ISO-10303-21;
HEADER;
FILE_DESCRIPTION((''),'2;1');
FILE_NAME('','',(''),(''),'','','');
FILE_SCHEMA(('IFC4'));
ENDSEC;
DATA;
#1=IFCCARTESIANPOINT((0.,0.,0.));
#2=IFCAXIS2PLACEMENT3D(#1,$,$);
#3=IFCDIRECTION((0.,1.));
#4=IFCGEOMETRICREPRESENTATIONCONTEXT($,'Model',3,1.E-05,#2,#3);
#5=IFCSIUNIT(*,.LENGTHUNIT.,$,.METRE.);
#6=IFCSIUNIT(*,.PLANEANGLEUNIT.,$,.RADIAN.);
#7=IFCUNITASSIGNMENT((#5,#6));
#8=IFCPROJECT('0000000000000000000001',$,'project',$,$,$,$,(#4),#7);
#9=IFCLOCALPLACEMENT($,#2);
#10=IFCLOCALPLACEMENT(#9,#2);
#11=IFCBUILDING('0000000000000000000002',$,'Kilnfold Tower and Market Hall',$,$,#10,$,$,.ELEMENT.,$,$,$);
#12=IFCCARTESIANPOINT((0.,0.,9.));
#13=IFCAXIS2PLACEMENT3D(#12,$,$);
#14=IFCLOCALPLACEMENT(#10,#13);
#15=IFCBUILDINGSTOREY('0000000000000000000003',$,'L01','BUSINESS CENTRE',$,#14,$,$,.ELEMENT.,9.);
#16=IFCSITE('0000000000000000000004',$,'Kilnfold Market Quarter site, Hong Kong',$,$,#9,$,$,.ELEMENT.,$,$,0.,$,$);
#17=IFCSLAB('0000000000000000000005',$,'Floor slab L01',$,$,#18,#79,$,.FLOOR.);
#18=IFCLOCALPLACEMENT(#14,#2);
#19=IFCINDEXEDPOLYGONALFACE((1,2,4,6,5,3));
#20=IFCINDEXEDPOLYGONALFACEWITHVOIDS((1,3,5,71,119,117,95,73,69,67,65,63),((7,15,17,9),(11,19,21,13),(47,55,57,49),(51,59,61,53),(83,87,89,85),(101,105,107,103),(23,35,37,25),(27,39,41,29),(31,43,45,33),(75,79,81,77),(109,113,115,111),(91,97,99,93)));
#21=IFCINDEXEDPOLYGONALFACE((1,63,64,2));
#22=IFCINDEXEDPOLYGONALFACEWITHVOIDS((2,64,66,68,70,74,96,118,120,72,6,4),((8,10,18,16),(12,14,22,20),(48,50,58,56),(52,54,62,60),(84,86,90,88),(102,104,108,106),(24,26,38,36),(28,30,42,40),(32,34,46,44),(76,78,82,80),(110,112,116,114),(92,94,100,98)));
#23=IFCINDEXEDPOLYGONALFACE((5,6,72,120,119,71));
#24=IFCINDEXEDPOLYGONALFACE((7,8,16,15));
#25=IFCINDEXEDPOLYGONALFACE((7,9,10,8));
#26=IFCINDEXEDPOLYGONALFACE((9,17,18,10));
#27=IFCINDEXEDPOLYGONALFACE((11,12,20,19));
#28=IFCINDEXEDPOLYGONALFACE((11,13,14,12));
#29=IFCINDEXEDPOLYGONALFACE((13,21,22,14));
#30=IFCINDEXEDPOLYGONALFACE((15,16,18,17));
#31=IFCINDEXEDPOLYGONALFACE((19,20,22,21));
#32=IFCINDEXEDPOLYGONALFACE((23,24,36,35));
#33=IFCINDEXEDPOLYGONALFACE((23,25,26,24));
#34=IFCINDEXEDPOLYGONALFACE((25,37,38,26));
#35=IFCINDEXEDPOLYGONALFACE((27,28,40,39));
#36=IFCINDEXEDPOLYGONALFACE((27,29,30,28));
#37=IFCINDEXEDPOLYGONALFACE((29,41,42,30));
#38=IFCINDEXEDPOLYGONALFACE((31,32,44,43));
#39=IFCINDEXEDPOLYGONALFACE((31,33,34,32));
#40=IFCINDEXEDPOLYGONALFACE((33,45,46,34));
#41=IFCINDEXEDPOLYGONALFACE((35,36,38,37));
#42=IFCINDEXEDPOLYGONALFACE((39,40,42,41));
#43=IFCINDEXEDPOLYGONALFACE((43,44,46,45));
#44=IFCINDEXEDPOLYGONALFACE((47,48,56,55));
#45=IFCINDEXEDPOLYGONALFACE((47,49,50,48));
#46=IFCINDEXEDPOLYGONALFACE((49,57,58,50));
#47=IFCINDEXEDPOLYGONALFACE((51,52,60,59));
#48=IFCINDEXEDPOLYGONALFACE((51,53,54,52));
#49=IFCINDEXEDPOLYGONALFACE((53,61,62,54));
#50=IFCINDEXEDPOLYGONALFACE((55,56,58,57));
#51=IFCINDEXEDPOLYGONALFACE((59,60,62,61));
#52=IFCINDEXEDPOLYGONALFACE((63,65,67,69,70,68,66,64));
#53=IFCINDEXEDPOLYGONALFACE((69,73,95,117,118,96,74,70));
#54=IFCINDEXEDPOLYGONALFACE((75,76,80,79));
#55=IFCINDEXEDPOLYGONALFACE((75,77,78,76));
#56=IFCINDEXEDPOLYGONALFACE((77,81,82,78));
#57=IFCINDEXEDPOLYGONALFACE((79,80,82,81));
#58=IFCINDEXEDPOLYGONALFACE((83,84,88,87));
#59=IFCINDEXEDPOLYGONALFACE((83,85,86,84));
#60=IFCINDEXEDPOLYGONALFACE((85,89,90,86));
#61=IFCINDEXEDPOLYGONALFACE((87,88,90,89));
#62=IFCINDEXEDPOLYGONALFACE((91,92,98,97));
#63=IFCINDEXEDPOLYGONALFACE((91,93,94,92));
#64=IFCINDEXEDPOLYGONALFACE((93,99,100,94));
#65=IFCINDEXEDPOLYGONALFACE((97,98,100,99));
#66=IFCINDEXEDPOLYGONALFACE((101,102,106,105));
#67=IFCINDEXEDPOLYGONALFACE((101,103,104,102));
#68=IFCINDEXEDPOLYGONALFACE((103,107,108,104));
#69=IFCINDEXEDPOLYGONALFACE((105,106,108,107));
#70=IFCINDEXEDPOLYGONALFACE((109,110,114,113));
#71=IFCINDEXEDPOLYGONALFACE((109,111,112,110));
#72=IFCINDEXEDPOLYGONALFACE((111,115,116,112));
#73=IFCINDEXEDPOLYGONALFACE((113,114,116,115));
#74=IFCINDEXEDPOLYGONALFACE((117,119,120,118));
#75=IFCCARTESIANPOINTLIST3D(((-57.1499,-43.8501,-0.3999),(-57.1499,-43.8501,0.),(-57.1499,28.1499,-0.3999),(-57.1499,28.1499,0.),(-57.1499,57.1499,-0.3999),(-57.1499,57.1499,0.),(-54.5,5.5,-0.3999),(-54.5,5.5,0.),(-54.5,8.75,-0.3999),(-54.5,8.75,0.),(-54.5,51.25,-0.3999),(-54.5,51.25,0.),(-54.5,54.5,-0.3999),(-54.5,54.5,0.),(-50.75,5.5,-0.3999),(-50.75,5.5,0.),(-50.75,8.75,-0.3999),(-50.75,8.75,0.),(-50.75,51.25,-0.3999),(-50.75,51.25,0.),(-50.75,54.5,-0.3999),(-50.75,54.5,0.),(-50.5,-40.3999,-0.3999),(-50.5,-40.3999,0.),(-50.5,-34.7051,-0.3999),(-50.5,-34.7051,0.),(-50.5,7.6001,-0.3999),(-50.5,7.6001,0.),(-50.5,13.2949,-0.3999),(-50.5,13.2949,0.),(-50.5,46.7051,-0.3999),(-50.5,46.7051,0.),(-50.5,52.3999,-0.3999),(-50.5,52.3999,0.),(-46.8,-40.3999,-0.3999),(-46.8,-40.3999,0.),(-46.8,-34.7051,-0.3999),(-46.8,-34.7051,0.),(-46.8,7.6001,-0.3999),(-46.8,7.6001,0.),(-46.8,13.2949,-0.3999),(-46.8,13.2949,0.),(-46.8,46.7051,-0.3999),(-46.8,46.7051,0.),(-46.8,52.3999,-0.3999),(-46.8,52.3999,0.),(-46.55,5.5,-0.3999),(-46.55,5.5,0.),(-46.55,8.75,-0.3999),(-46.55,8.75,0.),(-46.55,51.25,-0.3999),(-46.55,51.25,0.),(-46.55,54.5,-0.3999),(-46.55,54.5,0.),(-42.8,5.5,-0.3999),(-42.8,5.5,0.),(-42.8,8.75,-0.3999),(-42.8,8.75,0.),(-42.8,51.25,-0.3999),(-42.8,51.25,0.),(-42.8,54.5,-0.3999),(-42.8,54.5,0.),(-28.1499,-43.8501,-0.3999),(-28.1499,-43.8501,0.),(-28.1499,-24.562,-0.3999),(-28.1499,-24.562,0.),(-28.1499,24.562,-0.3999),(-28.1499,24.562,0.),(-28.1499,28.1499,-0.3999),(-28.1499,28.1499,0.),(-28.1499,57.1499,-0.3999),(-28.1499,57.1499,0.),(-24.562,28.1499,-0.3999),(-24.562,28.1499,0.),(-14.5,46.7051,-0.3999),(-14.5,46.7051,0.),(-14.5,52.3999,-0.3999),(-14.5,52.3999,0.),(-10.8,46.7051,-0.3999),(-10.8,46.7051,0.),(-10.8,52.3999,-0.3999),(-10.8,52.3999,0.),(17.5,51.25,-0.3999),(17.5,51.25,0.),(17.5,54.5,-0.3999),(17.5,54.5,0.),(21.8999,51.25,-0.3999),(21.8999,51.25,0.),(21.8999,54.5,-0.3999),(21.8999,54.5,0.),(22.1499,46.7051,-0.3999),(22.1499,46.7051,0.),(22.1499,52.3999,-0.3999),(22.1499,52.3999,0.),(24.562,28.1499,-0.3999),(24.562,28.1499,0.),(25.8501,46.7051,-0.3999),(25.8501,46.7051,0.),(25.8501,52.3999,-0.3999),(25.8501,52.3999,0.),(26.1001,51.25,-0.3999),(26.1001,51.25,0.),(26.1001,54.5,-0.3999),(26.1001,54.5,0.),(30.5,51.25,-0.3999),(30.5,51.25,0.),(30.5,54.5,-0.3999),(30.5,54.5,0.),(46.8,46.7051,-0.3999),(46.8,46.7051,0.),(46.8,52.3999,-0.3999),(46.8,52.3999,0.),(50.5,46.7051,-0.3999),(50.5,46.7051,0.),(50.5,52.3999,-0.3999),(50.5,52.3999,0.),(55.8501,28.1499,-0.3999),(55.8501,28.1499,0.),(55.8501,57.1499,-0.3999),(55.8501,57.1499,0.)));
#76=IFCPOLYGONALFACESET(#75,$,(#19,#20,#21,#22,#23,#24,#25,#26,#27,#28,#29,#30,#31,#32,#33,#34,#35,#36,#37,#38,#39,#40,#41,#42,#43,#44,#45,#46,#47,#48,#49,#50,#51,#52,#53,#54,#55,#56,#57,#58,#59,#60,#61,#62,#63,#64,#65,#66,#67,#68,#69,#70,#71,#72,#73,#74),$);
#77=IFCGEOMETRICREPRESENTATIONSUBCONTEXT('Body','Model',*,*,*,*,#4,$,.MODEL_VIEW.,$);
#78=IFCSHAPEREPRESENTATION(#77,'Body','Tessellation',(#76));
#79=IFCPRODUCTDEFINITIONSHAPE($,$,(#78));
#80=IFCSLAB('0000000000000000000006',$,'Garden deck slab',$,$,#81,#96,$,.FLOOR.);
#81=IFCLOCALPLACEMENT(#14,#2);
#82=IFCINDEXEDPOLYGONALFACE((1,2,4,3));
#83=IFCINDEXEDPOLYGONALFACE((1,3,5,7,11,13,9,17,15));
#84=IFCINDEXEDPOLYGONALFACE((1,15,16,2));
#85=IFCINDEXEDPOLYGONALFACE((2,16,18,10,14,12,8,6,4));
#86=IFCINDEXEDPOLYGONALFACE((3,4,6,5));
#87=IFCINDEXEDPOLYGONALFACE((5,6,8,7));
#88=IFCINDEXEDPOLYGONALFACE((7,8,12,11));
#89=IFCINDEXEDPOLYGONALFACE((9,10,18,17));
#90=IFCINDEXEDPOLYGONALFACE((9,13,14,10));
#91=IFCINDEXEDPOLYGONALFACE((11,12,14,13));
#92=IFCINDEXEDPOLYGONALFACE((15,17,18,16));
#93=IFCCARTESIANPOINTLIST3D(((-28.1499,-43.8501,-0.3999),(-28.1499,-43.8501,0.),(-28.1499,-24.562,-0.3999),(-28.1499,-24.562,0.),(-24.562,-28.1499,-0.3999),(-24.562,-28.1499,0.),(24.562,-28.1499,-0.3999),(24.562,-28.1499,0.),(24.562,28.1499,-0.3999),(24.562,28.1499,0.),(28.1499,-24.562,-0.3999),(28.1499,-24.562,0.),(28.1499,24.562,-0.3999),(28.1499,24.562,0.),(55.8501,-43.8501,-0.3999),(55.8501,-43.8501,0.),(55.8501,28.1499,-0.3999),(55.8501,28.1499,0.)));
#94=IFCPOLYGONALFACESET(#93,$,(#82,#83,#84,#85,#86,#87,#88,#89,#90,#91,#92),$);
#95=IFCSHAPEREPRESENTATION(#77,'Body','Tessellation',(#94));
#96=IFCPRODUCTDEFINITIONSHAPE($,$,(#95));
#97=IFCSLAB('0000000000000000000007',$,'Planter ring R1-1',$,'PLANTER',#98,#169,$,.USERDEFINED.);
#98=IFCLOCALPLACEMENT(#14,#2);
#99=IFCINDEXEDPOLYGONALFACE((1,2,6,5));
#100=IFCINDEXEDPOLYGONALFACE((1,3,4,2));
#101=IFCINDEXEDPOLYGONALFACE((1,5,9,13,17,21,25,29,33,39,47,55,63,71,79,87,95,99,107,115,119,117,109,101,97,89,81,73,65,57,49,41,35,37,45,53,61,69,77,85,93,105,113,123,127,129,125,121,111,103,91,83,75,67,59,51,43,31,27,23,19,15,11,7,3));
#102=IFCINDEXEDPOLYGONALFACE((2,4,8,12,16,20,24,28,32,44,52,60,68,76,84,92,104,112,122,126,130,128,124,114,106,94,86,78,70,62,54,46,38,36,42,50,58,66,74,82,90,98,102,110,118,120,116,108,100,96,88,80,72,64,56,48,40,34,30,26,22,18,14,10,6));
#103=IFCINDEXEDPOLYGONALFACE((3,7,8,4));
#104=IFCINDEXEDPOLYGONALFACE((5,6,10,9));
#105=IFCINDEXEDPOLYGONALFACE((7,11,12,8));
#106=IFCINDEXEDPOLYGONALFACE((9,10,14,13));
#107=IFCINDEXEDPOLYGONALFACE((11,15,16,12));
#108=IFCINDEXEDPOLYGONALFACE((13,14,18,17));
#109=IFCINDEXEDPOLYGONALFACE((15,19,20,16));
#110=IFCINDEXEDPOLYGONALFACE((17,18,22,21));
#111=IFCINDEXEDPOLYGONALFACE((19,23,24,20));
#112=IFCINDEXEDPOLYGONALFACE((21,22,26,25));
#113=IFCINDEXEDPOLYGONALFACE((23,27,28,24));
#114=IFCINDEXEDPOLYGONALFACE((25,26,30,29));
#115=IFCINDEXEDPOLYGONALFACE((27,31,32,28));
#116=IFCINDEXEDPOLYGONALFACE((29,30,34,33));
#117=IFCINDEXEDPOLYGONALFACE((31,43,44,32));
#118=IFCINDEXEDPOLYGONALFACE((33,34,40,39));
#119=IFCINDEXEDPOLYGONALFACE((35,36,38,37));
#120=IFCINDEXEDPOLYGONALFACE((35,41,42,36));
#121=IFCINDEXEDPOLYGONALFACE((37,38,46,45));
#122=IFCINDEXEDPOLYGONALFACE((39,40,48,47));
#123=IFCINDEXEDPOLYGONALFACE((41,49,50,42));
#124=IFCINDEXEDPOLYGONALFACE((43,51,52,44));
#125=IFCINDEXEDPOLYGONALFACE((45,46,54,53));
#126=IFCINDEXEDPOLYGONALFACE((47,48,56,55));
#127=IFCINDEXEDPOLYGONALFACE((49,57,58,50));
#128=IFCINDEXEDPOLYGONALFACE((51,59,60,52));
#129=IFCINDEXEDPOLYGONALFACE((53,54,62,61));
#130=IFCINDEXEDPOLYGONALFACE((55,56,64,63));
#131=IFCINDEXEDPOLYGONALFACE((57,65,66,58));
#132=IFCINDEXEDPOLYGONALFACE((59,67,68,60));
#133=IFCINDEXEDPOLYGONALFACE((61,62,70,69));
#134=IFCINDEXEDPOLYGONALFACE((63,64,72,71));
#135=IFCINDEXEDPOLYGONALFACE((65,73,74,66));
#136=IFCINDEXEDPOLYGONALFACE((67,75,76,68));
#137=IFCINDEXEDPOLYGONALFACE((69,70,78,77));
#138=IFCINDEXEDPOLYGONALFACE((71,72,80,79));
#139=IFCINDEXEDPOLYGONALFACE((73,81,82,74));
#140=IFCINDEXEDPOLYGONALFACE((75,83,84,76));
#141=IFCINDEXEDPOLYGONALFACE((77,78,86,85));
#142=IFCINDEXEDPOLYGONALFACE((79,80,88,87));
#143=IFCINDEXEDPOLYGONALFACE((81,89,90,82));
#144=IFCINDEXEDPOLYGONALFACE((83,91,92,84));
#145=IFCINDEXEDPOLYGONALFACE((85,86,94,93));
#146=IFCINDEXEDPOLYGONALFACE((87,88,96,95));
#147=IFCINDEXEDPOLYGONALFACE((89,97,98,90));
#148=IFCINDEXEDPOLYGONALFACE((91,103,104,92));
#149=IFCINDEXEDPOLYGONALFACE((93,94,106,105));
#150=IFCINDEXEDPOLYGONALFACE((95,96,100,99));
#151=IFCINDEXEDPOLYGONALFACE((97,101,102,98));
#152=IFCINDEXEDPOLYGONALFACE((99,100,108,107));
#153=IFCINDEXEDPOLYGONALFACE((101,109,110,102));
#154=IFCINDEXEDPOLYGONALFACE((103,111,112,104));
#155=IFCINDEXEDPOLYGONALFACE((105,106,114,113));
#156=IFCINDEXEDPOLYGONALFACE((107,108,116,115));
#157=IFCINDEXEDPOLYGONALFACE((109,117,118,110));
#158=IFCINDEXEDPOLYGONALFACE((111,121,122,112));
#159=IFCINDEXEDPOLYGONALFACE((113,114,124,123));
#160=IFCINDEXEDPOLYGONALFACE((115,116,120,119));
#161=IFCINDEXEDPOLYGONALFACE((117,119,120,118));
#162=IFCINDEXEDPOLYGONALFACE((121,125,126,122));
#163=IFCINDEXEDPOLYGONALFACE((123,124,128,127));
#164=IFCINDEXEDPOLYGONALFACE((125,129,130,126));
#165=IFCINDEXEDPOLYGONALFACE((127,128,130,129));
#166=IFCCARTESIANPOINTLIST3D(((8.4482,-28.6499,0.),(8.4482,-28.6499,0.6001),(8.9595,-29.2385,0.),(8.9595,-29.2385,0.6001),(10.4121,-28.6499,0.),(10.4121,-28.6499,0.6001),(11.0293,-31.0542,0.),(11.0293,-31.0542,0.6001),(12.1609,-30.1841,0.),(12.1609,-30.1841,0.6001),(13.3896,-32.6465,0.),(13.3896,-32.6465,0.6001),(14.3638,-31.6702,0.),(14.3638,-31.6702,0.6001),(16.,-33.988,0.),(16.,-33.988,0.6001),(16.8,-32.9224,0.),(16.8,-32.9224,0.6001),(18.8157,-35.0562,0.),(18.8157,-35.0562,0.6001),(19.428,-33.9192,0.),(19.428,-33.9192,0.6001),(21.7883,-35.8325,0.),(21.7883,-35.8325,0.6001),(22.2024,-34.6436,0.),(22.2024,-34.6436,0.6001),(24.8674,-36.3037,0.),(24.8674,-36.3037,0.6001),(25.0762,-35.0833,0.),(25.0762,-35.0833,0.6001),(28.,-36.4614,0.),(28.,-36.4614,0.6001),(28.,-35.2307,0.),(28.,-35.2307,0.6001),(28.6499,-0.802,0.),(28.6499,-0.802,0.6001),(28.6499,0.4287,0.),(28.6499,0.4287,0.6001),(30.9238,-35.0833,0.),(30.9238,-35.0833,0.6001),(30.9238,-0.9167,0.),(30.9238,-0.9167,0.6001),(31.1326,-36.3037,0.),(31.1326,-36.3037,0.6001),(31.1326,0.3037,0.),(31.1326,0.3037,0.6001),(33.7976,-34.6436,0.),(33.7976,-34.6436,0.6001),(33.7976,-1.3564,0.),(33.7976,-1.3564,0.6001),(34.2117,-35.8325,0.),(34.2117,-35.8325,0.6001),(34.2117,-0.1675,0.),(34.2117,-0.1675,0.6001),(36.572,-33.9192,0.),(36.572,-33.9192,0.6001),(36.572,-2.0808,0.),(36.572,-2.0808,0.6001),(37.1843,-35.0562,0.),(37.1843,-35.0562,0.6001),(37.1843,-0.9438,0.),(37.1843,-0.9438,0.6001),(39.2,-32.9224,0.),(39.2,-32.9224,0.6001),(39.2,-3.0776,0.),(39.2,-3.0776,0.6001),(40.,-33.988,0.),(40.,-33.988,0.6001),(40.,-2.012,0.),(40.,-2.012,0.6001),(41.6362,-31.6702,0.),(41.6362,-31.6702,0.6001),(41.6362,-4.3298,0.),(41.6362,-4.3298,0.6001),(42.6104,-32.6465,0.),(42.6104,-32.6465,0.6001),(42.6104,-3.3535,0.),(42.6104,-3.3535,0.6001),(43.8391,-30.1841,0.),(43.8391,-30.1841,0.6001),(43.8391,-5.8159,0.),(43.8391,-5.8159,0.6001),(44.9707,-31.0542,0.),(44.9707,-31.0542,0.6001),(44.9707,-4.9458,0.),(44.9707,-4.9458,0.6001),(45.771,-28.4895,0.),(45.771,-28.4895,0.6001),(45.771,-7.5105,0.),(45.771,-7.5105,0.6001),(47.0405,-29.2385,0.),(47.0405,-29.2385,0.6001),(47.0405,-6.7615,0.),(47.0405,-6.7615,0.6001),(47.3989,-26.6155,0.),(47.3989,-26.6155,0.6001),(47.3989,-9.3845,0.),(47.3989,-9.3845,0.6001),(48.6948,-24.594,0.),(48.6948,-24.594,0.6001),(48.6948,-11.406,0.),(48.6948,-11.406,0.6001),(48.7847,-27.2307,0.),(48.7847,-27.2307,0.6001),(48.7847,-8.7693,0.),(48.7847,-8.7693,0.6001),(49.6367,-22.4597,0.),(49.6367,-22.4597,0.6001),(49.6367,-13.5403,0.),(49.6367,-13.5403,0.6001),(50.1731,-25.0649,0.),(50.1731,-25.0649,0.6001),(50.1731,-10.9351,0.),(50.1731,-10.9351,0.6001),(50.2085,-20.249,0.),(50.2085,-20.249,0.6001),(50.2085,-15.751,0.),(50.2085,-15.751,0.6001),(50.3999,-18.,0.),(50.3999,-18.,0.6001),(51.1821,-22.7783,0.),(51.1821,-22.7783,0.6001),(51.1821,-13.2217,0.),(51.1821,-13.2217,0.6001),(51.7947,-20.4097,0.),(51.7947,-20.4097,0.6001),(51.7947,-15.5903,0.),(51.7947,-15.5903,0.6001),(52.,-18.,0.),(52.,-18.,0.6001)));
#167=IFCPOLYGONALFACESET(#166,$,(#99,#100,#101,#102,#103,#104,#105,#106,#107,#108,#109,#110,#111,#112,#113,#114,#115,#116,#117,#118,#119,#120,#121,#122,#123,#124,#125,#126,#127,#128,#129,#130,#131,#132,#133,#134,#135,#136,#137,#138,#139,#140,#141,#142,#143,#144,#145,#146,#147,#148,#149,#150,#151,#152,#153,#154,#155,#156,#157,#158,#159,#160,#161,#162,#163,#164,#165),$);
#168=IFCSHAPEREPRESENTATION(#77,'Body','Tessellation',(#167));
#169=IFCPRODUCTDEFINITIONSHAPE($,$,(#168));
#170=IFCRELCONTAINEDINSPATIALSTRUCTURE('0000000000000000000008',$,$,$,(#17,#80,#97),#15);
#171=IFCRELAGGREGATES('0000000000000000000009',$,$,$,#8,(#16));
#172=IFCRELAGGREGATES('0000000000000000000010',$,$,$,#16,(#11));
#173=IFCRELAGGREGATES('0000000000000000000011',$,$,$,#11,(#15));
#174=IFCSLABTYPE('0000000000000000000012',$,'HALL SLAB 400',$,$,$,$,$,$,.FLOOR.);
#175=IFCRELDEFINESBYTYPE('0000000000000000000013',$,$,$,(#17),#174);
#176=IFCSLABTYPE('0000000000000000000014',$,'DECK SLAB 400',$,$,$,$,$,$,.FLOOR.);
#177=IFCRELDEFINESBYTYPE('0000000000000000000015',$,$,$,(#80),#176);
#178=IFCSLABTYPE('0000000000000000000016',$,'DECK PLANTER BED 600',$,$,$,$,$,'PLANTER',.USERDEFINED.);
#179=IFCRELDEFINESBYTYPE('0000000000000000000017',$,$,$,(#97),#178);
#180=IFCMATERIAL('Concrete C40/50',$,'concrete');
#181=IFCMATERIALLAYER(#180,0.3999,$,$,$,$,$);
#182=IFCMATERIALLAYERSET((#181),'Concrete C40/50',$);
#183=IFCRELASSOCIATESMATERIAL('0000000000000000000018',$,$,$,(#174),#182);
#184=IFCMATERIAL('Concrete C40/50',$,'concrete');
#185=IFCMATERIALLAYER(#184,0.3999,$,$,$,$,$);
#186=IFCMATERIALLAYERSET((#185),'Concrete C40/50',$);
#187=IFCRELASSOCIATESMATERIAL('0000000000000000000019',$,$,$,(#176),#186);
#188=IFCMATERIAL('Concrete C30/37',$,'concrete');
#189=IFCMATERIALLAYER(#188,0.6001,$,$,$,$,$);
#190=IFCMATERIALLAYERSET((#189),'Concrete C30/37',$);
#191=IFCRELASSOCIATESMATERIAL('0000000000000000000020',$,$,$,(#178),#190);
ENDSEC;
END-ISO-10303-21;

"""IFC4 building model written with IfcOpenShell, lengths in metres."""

from ifc_helpers import new_model, si_unit, direction, frame, origin, place, context, subcontext, project, spatial, polyline, outline, extrude, source, transform, mapped, material, layer, layer_set, type_object, element, save


model = new_model("IFC4")

# Units and contexts
model_context = context("Model", 3, precision=1e-05, world=origin(), true_north=direction((0.0, 1.0)))
body_context = subcontext(model_context, "Body", "Model", "MODEL_VIEW")
ifc_project = project(units=[si_unit("LENGTHUNIT", "METRE"), si_unit("PLANEANGLEUNIT", "RADIAN")], contexts=[model_context])

# Site, building, storey
site_placement = place(None, origin())
site = spatial("IfcSite", under=ifc_project, at=site_placement, Name="Kilnfold Market Quarter site, Hong Kong", CompositionType="ELEMENT", RefElevation=0.0)
building_placement = place(site_placement, origin())
building = spatial("IfcBuilding", under=site, at=building_placement, Name="Kilnfold Tower and Market Hall", CompositionType="ELEMENT")
storey_placement = place(building_placement, frame((0.0, 0.0, 9.0)))
storey = spatial("IfcBuildingStorey", under=building, at=storey_placement, Name="L01", Description="BUSINESS CENTRE", CompositionType="ELEMENT", Elevation=9.0)

# Slabs
ifc_material_1 = material(Name="Concrete C40/50", Category="concrete")
ifc_layer_1 = layer(ifc_material_1, 0.3999)
ifc_layer_set_1 = layer_set([ifc_layer_1], Name="Concrete C40/50")
slab_type_1 = type_object("IfcSlabType", Name="HALL SLAB 400", PredefinedType="FLOOR", material=ifc_layer_set_1)
shared_shape_1 = source(origin(), body_context, "Body", "SweptSolid", [
    extrude(outline(polyline([(-57.1499, -43.8501), (-28.1499, -43.8501), (-28.1499, -24.562), (-28.1499, 24.562), (-28.1499, 28.1499), (-24.562, 28.1499), (24.562, 28.1499), (55.8501, 28.1499), (55.8501, 57.1499), (-28.1499, 57.1499), (-57.1499, 57.1499), (-57.1499, 28.1499), (-57.1499, -43.8501)]), holes=[polyline([(-50.5, -34.7051), (-50.5, -40.3999), (-46.8, -40.3999), (-46.8, -34.7051), (-50.5, -34.7051)]), polyline([(-50.5, 13.2949), (-50.5, 7.6001), (-46.8, 7.6001), (-46.8, 13.2949), (-50.5, 13.2949)]), polyline([(-46.8, 46.7051), (-46.8, 52.3999), (-50.5, 52.3999), (-50.5, 46.7051), (-46.8, 46.7051)]), polyline([(-10.8, 46.7051), (-10.8, 52.3999), (-14.5, 52.3999), (-14.5, 46.7051), (-10.8, 46.7051)]), polyline([(25.8501, 46.7051), (25.8501, 52.3999), (22.1499, 52.3999), (22.1499, 46.7051), (25.8501, 46.7051)]), polyline([(50.5, 46.7051), (50.5, 52.3999), (46.8, 52.3999), (46.8, 46.7051), (50.5, 46.7051)]), polyline([(-54.5, 5.5), (-50.75, 5.5), (-50.75, 8.75), (-54.5, 8.75), (-54.5, 5.5)]), polyline([(-46.55, 5.5), (-42.8, 5.5), (-42.8, 8.75), (-46.55, 8.75), (-46.55, 5.5)]), polyline([(-42.8, 54.5), (-46.55, 54.5), (-46.55, 51.25), (-42.8, 51.25), (-42.8, 54.5)]), polyline([(-50.75, 54.5), (-54.5, 54.5), (-54.5, 51.25), (-50.75, 51.25), (-50.75, 54.5)]), polyline([(30.5, 54.5), (26.1001, 54.5), (26.1001, 51.25), (30.5, 51.25), (30.5, 54.5)]), polyline([(21.8999, 54.5), (17.5, 54.5), (17.5, 51.25), (21.8999, 51.25), (21.8999, 54.5)])]), origin(), (0.0, 0.0, 1.0), 0.3999),
])
slab_1_placement = place(storey_placement, frame((0.0, 0.0, -0.3999)))
element("IfcSlab", 1, at=slab_1_placement, inside=storey, type_object=slab_type_1, Name="Floor slab L01", PredefinedType="FLOOR", context=body_context, shape_type="MappedRepresentation", body=[
    mapped(shared_shape_1, transform((0.0, 0.0, 0.0))),
])
ifc_material_2 = material(Name="Concrete C40/50", Category="concrete")
ifc_layer_2 = layer(ifc_material_2, 0.3999)
ifc_layer_set_2 = layer_set([ifc_layer_2], Name="Concrete C40/50")
slab_type_2 = type_object("IfcSlabType", Name="DECK SLAB 400", PredefinedType="FLOOR", material=ifc_layer_set_2)
shared_shape_2 = source(origin(), body_context, "Body", "SweptSolid", [
    extrude(outline(polyline([(-28.1499, -43.8501), (55.8501, -43.8501), (55.8501, 28.1499), (24.562, 28.1499), (28.1499, 24.562), (28.1499, -24.562), (24.562, -28.1499), (-24.562, -28.1499), (-28.1499, -24.562), (-28.1499, -43.8501)])), origin(), (0.0, 0.0, 1.0), 0.3999),
])
slab_2_placement = place(storey_placement, frame((0.0, 0.0, -0.3999)))
element("IfcSlab", 2, at=slab_2_placement, inside=storey, type_object=slab_type_2, Name="Garden deck slab", PredefinedType="FLOOR", context=body_context, shape_type="MappedRepresentation", body=[
    mapped(shared_shape_2, transform((0.0, 0.0, 0.0))),
])
ifc_material_3 = material(Name="Concrete C30/37", Category="concrete")
ifc_layer_3 = layer(ifc_material_3, 0.6001)
ifc_layer_set_3 = layer_set([ifc_layer_3], Name="Concrete C30/37")
slab_type_3 = type_object("IfcSlabType", Name="DECK PLANTER BED 600", ElementType="PLANTER", PredefinedType="USERDEFINED", material=ifc_layer_set_3)
shared_shape_3 = source(origin(), body_context, "Body", "SweptSolid", [
    extrude(outline(polyline([(28.0, -36.4614), (31.1326, -36.3037), (34.2117, -35.8325), (37.1843, -35.0562), (40.0, -33.988), (42.6104, -32.6465), (44.9707, -31.0542), (47.0405, -29.2385), (48.7847, -27.2307), (50.1731, -25.0649), (51.1821, -22.7783), (51.7947, -20.4097), (52.0, -18.0), (51.7947, -15.5903), (51.1821, -13.2217), (50.1731, -10.9351), (48.7847, -8.7693), (47.0405, -6.7615), (44.9707, -4.9458), (42.6104, -3.3535), (40.0, -2.012), (37.1843, -0.9438), (34.2117, -0.1675), (31.1326, 0.3037), (28.6499, 0.4287), (28.6499, -0.802), (30.9238, -0.9167), (33.7976, -1.3564), (36.572, -2.0808), (39.2, -3.0776), (41.6362, -4.3298), (43.8391, -5.8159), (45.771, -7.5105), (47.3989, -9.3845), (48.6948, -11.406), (49.6367, -13.5403), (50.2085, -15.751), (50.3999, -18.0), (50.2085, -20.249), (49.6367, -22.4597), (48.6948, -24.594), (47.3989, -26.6155), (45.771, -28.4895), (43.8391, -30.1841), (41.6362, -31.6702), (39.2, -32.9224), (36.572, -33.9192), (33.7976, -34.6436), (30.9238, -35.0833), (28.0, -35.2307), (25.0762, -35.0833), (22.2024, -34.6436), (19.428, -33.9192), (16.8, -32.9224), (14.3638, -31.6702), (12.1609, -30.1841), (10.4121, -28.6499), (8.4482, -28.6499), (8.9595, -29.2385), (11.0293, -31.0542), (13.3896, -32.6465), (16.0, -33.988), (18.8157, -35.0562), (21.7883, -35.8325), (24.8674, -36.3037), (28.0, -36.4614)])), origin(), (0.0, 0.0, 1.0), 0.6001),
])
slab_3_placement = place(storey_placement, origin())
element("IfcSlab", 3, at=slab_3_placement, inside=storey, type_object=slab_type_3, Name="Planter ring R1-1", ObjectType="PLANTER", PredefinedType="USERDEFINED", context=body_context, shape_type="MappedRepresentation", body=[
    mapped(shared_shape_3, transform((0.0, 0.0, 0.0))),
])

save(model, "model.ifc")
